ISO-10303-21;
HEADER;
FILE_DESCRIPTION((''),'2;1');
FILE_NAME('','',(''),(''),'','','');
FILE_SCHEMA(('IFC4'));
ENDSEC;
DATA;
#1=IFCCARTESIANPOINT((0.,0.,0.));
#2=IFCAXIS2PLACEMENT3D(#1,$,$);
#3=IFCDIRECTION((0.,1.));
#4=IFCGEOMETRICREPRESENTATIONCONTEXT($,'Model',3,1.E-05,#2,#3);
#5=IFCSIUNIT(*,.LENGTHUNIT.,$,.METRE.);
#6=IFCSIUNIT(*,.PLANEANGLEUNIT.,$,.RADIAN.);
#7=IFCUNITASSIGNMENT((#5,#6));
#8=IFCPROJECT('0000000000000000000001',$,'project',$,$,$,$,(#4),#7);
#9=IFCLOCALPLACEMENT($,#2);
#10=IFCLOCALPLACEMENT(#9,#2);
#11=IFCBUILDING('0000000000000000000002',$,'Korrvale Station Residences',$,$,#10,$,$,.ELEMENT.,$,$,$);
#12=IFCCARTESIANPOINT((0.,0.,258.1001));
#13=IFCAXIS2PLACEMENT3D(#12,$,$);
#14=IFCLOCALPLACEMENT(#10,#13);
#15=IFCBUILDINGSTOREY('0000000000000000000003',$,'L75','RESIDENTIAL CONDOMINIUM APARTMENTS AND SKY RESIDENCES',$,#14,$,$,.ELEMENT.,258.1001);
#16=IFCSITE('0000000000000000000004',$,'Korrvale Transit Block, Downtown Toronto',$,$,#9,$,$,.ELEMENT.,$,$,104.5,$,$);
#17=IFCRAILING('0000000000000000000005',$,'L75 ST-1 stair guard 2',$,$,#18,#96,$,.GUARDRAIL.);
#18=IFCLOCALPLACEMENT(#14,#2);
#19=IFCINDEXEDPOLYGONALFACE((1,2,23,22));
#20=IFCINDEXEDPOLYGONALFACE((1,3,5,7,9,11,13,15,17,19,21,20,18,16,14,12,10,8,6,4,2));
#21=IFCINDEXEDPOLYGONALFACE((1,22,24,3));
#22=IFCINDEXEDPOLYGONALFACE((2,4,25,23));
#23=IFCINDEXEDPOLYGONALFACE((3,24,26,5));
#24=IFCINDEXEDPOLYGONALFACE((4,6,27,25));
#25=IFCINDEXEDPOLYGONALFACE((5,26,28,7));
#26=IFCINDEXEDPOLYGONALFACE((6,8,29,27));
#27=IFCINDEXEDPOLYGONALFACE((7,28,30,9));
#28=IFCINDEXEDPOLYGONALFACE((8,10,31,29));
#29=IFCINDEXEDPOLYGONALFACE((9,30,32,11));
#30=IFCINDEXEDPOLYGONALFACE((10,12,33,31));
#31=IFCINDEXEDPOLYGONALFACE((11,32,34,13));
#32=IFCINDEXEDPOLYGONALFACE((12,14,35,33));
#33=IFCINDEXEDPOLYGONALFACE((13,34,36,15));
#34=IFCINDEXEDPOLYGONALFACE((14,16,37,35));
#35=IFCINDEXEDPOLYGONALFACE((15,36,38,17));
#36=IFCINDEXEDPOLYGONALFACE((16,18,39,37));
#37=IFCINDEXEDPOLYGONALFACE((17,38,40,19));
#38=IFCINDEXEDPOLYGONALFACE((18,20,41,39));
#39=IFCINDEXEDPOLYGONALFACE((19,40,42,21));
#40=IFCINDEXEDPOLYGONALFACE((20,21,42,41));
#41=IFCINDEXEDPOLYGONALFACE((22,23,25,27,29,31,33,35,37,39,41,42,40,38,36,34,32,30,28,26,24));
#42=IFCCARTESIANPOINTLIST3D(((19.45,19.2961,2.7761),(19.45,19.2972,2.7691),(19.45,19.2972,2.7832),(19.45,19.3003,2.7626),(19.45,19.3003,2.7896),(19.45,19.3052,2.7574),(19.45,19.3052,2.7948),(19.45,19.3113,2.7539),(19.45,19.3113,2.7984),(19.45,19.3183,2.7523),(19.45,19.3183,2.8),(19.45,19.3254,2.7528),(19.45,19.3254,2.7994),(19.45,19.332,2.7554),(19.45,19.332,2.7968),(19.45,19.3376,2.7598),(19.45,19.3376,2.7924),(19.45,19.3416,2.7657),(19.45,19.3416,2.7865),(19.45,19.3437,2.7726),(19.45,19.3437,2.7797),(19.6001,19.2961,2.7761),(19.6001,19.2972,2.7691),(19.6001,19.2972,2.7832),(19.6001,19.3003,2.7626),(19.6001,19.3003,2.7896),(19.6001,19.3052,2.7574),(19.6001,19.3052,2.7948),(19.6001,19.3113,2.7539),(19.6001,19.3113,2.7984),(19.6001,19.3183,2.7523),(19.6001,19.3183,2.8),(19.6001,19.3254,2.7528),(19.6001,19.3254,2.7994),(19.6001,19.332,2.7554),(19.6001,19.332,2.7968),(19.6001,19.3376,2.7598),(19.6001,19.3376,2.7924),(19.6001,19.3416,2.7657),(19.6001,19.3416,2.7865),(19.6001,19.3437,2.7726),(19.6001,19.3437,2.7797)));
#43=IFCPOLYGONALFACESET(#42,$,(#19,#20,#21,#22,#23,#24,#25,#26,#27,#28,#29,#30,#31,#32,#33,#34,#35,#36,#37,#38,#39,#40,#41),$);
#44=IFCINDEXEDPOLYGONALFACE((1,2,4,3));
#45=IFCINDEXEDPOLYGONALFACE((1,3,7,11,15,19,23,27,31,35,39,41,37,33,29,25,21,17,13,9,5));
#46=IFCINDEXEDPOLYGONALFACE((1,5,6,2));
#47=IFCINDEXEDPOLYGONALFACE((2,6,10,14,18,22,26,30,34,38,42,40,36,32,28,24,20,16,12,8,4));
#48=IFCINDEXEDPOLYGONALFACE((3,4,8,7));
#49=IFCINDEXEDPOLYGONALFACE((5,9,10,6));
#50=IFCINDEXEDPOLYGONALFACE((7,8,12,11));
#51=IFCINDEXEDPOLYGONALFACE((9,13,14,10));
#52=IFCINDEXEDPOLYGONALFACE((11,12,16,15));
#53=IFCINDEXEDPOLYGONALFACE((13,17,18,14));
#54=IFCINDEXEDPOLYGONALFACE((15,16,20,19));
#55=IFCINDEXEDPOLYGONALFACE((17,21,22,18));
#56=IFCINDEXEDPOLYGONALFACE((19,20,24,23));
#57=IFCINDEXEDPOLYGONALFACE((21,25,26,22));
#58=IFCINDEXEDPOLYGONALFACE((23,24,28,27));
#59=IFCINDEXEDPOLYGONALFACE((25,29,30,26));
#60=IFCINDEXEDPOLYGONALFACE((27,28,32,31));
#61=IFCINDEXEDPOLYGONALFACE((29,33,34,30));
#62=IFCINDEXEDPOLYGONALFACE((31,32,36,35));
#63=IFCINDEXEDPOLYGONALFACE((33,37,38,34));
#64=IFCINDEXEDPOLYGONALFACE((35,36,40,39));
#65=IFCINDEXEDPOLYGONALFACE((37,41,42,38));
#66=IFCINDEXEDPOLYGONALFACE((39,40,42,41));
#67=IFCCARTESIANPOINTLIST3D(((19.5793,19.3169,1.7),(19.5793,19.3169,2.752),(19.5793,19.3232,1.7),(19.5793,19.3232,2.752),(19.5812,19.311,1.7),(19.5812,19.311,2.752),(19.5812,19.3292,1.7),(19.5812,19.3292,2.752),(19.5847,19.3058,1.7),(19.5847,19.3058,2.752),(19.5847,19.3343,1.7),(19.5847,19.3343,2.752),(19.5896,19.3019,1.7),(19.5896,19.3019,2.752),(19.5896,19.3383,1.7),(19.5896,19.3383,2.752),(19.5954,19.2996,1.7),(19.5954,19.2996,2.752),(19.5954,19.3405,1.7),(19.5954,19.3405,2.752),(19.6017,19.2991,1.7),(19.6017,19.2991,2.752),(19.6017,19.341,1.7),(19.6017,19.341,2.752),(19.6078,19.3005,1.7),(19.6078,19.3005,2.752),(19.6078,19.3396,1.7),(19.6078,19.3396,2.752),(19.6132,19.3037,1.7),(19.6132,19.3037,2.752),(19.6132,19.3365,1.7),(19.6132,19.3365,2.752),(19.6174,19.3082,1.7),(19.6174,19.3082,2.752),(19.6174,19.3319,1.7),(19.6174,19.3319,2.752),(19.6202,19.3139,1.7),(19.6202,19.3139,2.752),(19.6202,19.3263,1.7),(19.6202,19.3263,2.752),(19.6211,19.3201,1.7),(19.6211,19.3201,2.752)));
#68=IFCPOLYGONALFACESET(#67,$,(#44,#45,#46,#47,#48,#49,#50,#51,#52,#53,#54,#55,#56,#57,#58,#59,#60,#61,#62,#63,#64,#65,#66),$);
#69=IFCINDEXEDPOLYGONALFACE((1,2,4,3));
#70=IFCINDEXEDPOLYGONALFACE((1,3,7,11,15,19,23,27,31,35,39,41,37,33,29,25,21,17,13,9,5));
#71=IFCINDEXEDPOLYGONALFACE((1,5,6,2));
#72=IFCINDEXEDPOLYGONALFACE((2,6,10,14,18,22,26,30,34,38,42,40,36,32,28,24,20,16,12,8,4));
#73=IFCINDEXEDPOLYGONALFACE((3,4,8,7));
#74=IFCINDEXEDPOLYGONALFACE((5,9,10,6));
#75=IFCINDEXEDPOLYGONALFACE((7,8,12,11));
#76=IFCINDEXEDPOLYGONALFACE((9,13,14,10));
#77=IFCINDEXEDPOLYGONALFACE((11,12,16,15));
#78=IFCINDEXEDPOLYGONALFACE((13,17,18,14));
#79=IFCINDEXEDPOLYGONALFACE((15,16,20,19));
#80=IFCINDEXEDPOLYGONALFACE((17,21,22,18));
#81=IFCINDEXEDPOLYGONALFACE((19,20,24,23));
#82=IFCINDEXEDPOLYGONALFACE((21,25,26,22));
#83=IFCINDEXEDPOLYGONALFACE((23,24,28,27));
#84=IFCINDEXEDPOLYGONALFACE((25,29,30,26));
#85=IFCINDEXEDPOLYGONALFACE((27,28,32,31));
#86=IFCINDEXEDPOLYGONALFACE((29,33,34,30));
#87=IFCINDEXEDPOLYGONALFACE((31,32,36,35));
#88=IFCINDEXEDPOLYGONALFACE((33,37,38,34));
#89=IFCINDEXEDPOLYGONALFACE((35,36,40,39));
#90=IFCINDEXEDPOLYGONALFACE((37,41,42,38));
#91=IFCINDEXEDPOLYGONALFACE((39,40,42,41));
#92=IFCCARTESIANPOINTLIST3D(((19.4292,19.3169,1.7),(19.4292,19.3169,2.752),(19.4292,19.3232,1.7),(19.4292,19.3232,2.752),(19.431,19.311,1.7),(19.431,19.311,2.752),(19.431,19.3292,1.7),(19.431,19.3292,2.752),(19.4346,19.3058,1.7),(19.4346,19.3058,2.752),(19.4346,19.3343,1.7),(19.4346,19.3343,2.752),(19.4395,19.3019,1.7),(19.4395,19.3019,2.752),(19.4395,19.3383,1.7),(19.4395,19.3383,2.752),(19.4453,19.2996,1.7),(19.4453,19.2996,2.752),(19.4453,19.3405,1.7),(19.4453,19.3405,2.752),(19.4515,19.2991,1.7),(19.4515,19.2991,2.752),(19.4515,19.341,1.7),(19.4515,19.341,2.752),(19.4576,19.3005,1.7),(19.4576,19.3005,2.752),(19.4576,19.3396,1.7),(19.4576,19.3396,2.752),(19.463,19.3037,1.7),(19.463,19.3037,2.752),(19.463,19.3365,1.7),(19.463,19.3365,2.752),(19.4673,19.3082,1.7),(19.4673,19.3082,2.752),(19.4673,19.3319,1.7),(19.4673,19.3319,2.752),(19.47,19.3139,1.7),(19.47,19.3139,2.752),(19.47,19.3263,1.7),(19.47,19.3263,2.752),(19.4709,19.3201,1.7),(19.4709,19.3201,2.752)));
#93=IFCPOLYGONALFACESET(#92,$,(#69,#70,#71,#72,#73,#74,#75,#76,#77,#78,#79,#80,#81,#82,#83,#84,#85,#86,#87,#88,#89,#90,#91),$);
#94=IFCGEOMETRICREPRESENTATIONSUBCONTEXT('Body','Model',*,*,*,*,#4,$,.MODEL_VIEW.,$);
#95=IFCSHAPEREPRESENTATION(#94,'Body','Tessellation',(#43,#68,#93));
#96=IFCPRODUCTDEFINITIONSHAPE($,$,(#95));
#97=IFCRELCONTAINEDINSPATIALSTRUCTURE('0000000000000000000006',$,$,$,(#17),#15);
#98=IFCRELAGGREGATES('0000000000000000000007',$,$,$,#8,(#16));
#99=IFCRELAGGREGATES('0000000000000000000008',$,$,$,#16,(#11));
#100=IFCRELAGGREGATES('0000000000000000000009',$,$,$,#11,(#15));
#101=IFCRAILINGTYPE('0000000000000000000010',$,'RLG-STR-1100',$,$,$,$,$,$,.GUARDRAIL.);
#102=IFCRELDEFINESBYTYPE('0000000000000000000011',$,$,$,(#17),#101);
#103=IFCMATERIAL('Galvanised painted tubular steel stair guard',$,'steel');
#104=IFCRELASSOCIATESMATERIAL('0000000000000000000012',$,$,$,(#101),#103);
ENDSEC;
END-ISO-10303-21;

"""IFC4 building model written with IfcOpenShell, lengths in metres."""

from ifc_helpers import new_model, si_unit, direction, frame, origin, origin_2d, place, context, subcontext, project, spatial, circle, extrude, material, type_object, element, save


model = new_model("IFC4")

# Units and contexts
model_context = context("Model", 3, precision=1e-05, world=origin(), true_north=direction((0.0, 1.0)))
body_context = subcontext(model_context, "Body", "Model", "MODEL_VIEW")
ifc_project = project(units=[si_unit("LENGTHUNIT", "METRE"), si_unit("PLANEANGLEUNIT", "RADIAN")], contexts=[model_context])

# Site, building, storey
site_placement = place(None, origin())
site = spatial("IfcSite", under=ifc_project, at=site_placement, Name="Korrvale Transit Block, Downtown Toronto", CompositionType="ELEMENT", RefElevation=104.5)
building_placement = place(site_placement, origin())
building = spatial("IfcBuilding", under=site, at=building_placement, Name="Korrvale Station Residences", CompositionType="ELEMENT")
storey_placement = place(building_placement, frame((0.0, 0.0, 258.1001)))
storey = spatial("IfcBuildingStorey", under=building, at=storey_placement, Name="L75", Description="RESIDENTIAL CONDOMINIUM APARTMENTS AND SKY RESIDENCES", CompositionType="ELEMENT", Elevation=258.1001)

# Railing
ifc_material_1 = material(Name="Galvanised painted tubular steel stair guard", Category="steel")
railing_type_1 = type_object("IfcRailingType", Name="RLG-STR-1100", PredefinedType="GUARDRAIL", material=ifc_material_1)
railing_1_placement = place(storey_placement, frame((19.6001, 19.3201, 1.7)))
element("IfcRailing", 1, at=railing_1_placement, inside=storey, type_object=railing_type_1, Name="L75 ST-1 stair guard 2", PredefinedType="GUARDRAIL", context=body_context, shape_type="SweptSolid", body=[
    extrude(circle(Radius=0.0239, at=origin_2d()), frame((0.0, 0.0, 1.0762), z_axis=(-1.0, 0.0, 0.0), x_axis=(0.0, -1.0, 0.0)), (0.0, 0.0, 1.0), 0.1501),
    extrude(circle(Radius=0.021, at=origin_2d()), origin(), (0.0, 0.0, 1.0), 1.052),
    extrude(circle(Radius=0.021, at=origin_2d()), frame((-0.1501, 0.0, 0.0)), (0.0, 0.0, 1.0), 1.052),
])

save(model, "model.ifc")
